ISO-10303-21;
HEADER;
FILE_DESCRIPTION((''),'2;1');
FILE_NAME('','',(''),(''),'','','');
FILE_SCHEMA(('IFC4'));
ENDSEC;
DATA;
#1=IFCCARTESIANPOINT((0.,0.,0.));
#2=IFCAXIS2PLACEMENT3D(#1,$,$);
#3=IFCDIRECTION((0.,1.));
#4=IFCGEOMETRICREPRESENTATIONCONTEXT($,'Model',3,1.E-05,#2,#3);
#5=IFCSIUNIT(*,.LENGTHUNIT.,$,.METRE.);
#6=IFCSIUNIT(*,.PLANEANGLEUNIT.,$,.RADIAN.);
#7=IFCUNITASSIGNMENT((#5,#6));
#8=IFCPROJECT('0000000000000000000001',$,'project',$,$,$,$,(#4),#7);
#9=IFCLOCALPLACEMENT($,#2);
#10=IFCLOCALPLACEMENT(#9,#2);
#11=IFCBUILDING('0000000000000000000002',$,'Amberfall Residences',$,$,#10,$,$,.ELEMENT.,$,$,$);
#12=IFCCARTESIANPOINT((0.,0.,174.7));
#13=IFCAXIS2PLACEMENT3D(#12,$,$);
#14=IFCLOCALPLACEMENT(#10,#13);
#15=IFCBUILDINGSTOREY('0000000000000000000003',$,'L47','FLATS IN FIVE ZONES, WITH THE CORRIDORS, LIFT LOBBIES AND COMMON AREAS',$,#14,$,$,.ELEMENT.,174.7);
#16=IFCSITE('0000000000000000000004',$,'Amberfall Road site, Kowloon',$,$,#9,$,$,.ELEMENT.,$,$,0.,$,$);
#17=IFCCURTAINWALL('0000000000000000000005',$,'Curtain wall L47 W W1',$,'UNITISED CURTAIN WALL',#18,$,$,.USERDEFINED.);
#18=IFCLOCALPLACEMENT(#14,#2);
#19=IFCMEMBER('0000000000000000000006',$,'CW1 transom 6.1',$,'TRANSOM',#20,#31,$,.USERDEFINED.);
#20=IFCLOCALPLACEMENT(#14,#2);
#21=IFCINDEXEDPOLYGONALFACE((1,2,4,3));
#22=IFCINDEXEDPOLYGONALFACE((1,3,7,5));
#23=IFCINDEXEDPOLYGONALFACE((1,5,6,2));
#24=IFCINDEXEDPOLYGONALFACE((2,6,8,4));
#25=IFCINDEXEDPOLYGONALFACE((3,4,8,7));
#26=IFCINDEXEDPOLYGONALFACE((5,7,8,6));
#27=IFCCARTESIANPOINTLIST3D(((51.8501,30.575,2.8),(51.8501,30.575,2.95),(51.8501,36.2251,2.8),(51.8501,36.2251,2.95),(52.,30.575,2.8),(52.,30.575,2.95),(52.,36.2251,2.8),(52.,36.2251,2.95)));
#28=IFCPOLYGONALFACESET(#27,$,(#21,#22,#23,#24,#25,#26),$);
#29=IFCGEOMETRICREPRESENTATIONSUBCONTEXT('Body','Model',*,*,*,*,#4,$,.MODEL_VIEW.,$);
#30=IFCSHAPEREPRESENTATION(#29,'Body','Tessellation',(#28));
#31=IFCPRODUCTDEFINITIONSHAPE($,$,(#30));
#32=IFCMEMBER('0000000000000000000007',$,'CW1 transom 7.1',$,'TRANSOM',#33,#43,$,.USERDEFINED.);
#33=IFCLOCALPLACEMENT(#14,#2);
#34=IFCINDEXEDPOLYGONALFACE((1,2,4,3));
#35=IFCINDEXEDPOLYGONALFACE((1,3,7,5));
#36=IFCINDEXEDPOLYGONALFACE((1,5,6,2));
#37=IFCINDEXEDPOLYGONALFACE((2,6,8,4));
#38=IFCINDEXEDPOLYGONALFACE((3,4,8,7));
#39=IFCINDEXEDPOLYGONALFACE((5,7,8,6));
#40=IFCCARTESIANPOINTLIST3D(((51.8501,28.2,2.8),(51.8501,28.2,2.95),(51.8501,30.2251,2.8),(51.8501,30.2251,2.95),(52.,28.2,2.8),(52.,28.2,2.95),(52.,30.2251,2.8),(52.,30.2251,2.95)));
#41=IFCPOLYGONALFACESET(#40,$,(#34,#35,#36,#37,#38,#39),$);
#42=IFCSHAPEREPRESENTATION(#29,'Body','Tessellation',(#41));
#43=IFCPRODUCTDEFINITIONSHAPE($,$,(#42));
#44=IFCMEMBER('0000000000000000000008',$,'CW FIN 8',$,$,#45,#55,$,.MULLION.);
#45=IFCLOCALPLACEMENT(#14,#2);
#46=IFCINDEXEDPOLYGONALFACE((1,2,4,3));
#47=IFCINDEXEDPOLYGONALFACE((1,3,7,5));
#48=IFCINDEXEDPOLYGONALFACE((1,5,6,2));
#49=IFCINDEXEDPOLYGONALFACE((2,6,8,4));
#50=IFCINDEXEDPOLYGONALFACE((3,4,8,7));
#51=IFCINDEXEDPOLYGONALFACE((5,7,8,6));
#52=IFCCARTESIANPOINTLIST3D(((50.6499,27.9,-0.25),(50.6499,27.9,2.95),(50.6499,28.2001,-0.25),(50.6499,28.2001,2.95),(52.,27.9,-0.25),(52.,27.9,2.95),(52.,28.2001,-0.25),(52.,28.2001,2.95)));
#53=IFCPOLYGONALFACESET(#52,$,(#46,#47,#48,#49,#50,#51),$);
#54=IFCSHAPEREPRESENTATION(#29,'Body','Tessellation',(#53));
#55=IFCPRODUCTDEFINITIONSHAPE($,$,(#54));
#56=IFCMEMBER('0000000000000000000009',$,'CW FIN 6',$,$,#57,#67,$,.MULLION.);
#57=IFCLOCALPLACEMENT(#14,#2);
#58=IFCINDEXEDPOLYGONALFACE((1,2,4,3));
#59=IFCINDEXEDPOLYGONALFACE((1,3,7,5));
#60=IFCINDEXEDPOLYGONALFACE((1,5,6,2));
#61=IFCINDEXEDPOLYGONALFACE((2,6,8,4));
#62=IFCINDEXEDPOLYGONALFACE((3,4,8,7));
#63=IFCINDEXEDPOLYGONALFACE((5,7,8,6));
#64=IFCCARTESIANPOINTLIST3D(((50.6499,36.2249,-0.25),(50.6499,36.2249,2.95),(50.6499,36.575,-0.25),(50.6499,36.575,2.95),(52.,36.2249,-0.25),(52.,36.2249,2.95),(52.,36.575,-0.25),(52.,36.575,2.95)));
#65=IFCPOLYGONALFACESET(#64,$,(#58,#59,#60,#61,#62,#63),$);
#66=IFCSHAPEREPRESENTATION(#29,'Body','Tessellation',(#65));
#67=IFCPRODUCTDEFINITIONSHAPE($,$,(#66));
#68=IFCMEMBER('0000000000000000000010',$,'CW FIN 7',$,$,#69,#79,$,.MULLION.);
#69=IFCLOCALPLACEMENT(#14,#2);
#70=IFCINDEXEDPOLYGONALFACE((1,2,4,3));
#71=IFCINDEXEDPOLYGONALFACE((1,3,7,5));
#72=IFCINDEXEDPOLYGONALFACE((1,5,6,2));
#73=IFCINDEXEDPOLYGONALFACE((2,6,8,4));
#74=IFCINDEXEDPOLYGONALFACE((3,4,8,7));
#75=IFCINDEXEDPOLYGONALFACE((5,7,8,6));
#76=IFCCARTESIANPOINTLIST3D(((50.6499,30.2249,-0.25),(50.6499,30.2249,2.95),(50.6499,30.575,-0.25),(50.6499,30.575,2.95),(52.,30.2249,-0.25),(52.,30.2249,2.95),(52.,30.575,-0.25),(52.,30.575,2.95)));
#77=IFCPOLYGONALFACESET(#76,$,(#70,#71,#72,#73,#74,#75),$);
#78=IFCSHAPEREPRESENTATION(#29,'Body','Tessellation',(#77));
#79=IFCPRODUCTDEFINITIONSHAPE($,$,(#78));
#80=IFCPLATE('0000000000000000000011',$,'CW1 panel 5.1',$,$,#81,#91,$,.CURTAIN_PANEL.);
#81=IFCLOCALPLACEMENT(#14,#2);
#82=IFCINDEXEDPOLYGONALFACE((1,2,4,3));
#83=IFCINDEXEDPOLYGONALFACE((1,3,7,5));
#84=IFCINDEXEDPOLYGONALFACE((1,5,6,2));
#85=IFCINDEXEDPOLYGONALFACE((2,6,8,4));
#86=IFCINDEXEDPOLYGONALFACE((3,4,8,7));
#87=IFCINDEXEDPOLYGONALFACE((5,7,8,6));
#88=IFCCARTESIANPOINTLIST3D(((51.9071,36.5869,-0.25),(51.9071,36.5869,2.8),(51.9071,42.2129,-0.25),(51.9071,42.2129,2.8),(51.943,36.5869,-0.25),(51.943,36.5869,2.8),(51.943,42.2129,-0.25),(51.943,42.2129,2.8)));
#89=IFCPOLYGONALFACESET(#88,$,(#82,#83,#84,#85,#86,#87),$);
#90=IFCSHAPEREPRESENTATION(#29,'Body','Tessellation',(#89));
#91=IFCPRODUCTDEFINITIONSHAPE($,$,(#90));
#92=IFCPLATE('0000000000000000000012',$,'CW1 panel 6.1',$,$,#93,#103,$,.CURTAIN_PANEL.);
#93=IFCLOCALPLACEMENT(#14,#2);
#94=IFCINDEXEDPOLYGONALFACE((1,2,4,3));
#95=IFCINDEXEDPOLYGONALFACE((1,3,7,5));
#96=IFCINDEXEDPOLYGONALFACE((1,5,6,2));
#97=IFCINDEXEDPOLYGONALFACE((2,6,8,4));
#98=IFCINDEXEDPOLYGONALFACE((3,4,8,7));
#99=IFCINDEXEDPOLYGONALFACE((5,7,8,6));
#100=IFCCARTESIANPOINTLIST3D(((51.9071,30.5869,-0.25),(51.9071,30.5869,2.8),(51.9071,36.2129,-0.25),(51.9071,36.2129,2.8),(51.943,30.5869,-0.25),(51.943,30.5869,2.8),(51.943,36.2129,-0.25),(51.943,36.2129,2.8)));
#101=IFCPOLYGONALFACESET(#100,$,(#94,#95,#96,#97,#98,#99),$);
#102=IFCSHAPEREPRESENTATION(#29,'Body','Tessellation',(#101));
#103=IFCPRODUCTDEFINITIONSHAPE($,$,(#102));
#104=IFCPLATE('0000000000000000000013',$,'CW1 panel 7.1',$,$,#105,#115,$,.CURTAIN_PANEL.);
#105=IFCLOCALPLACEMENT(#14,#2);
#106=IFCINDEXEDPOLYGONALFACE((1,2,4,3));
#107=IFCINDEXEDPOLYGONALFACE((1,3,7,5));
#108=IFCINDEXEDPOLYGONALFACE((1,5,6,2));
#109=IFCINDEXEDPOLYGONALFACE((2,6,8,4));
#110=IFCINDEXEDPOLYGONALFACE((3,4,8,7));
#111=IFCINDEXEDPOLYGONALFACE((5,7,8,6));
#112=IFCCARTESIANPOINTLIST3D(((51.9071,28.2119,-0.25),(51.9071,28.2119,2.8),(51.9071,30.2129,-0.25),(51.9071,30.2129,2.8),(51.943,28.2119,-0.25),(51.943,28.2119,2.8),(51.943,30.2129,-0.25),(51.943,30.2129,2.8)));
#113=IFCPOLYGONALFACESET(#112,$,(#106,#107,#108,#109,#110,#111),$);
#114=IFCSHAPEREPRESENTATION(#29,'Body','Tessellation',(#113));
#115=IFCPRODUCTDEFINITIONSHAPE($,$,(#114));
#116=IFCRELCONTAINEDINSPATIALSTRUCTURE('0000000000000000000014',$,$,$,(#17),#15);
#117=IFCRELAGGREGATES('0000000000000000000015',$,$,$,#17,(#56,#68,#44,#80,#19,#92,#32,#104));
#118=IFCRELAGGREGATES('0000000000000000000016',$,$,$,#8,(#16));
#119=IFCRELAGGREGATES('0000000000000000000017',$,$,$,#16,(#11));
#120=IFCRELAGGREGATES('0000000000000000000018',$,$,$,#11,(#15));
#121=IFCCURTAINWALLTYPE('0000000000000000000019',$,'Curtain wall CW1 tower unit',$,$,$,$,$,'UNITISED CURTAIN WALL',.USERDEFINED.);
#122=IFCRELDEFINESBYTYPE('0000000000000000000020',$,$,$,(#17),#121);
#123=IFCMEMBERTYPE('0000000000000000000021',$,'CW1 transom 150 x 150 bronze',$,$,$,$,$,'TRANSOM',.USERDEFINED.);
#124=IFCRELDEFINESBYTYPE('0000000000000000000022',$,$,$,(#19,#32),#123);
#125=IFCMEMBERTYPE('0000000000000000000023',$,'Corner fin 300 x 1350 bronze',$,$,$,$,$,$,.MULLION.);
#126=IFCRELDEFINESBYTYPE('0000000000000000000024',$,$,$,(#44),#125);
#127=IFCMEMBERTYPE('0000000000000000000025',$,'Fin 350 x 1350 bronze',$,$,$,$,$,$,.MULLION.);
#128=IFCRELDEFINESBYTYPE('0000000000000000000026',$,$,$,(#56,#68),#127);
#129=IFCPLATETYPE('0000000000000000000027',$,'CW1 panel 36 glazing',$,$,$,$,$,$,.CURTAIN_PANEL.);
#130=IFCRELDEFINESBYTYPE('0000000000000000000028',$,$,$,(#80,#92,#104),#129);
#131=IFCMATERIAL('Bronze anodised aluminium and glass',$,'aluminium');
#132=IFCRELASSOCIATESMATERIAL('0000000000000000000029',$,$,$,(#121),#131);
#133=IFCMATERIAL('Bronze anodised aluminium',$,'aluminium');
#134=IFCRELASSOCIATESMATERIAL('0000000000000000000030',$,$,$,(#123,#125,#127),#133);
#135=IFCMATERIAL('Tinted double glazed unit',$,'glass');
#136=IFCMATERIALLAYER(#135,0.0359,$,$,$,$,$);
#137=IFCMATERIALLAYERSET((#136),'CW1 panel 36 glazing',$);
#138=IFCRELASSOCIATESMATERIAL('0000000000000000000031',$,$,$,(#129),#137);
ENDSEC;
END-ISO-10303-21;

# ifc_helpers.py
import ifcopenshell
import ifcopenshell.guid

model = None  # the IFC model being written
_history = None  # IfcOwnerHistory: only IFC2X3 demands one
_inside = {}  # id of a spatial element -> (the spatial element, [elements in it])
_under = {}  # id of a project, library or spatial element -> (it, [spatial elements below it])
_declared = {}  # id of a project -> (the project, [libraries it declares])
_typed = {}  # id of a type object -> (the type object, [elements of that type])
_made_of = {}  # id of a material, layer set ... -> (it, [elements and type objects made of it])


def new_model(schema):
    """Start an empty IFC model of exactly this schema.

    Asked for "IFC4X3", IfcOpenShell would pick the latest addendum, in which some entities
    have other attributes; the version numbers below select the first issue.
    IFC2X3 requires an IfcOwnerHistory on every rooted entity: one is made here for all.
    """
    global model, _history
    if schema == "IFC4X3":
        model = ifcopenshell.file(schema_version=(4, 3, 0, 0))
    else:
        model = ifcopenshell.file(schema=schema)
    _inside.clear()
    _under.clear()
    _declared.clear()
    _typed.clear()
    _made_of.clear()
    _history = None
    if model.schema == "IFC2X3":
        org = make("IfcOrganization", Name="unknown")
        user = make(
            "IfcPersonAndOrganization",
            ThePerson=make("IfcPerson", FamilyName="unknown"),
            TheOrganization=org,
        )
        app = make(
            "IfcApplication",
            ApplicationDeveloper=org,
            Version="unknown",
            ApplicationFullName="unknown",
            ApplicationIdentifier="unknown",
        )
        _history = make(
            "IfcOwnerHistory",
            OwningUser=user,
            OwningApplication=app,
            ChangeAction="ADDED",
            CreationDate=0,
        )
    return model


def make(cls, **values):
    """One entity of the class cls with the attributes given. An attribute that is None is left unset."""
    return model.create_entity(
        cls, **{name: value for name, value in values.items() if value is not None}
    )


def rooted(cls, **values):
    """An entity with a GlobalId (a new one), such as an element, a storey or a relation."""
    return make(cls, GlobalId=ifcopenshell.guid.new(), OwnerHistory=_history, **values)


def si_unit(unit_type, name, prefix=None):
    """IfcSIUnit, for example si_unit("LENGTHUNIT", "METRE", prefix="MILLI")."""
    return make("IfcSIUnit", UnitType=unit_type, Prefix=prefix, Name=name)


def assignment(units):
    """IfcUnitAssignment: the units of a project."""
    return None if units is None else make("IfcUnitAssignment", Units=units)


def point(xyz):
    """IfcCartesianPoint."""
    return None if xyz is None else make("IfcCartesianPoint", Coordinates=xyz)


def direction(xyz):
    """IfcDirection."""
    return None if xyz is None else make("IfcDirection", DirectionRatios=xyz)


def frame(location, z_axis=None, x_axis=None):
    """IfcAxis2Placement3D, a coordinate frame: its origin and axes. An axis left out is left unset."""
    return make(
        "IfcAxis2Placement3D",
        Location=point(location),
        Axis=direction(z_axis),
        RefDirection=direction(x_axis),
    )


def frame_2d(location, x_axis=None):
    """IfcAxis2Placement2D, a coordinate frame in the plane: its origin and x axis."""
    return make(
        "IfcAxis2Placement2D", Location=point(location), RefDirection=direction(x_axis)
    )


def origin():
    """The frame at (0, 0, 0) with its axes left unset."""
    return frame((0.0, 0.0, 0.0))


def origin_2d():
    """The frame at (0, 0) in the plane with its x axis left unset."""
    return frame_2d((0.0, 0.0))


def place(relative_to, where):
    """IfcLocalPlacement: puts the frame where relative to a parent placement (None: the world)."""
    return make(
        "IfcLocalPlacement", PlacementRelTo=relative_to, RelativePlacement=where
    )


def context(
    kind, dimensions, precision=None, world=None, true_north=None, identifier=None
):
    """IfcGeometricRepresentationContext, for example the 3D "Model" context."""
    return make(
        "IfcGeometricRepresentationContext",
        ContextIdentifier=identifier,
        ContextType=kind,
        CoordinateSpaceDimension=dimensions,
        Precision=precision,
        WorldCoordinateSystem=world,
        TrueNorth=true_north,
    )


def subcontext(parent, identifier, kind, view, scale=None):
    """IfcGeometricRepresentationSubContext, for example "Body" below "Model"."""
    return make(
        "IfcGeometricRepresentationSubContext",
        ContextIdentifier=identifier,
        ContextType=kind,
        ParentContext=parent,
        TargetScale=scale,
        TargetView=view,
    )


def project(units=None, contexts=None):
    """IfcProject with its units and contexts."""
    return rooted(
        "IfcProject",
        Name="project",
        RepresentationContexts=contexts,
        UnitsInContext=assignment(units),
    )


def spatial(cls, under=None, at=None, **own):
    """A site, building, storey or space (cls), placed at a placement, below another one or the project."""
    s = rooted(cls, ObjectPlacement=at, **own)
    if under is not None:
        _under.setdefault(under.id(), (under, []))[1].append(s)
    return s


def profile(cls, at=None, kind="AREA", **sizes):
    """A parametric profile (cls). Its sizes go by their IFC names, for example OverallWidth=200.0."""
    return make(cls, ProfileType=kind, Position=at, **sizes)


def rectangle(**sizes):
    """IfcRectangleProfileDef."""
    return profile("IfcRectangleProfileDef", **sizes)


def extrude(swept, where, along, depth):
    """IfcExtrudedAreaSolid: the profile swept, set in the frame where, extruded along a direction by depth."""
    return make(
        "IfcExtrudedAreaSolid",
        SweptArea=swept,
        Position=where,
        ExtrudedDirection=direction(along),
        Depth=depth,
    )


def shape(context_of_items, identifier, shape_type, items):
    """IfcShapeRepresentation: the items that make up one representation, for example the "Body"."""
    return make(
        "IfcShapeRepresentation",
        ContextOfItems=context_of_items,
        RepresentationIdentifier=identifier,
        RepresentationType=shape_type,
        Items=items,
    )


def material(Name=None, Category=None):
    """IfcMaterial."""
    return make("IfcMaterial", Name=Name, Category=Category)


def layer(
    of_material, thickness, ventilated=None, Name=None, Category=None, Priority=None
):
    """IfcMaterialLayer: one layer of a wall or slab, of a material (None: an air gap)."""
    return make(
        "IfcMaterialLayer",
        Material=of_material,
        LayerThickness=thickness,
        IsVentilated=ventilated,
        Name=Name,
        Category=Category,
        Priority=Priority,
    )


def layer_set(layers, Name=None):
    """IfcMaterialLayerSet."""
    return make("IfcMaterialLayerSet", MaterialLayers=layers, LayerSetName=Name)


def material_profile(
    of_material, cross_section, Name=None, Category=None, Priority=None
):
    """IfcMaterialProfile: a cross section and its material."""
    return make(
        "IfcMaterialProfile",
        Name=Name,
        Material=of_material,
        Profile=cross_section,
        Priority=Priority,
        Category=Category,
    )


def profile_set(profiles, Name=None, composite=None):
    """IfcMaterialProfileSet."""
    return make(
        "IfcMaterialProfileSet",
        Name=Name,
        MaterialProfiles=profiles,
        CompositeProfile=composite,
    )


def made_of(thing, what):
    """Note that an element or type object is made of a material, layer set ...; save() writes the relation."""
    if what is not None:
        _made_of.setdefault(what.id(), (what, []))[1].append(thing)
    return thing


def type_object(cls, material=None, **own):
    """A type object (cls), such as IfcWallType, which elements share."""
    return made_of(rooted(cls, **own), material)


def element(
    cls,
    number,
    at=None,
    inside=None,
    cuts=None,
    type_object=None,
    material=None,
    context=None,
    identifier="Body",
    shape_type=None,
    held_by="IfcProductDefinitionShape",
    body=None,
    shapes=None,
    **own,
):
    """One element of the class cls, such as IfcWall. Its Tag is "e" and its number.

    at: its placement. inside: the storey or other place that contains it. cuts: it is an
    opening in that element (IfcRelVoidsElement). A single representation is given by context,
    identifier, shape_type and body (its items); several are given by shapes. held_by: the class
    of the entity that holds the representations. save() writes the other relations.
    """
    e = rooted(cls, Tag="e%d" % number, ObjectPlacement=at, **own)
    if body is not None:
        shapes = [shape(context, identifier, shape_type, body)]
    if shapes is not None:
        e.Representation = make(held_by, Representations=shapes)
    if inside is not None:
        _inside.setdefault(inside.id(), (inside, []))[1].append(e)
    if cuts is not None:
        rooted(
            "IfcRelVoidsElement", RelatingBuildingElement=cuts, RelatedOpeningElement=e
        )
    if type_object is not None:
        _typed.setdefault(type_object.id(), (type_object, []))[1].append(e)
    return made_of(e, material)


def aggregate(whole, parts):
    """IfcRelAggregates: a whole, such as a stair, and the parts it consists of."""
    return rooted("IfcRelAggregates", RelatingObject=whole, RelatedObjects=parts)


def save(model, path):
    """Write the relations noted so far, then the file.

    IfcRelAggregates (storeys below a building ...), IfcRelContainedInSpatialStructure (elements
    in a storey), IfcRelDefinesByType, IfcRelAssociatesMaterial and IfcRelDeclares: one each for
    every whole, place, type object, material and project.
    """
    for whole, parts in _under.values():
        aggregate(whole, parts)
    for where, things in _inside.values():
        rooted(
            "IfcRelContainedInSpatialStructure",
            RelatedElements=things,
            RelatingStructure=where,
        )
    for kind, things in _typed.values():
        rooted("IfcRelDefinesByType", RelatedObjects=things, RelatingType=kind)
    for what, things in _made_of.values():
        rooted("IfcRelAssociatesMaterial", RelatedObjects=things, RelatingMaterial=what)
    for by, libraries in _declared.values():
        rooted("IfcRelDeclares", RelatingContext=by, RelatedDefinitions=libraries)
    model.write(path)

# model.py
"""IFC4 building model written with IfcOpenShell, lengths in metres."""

from ifc_helpers import new_model, si_unit, direction, frame, origin, origin_2d, place, context, subcontext, project, spatial, rectangle, extrude, material, layer, layer_set, material_profile, profile_set, type_object, element, aggregate, save


model = new_model("IFC4")

# Units and contexts
model_context = context("Model", 3, precision=1e-05, world=origin(), true_north=direction((0.0, 1.0)))
body_context = subcontext(model_context, "Body", "Model", "MODEL_VIEW")
ifc_project = project(units=[si_unit("LENGTHUNIT", "METRE"), si_unit("PLANEANGLEUNIT", "RADIAN")], contexts=[model_context])

# Site, building, storey
site_placement = place(None, origin())
site = spatial("IfcSite", under=ifc_project, at=site_placement, Name="Amberfall Road site, Kowloon", CompositionType="ELEMENT", RefElevation=0.0)
building_placement = place(site_placement, origin())
building = spatial("IfcBuilding", under=site, at=building_placement, Name="Amberfall Residences", CompositionType="ELEMENT")
storey_placement = place(building_placement, frame((0.0, 0.0, 174.7)))
storey = spatial("IfcBuildingStorey", under=building, at=storey_placement, Name="L47", Description="FLATS IN FIVE ZONES, WITH THE CORRIDORS, LIFT LOBBIES AND COMMON AREAS", CompositionType="ELEMENT", Elevation=174.7)

# Curtain wall, members, plates
ifc_material_1 = material(Name="Bronze anodised aluminium and glass", Category="aluminium")
curtain_wall_type = type_object("IfcCurtainWallType", Name="Curtain wall CW1 tower unit", ElementType="UNITISED CURTAIN WALL", PredefinedType="USERDEFINED", material=ifc_material_1)
curtain_wall_placement = place(storey_placement, origin())
curtain_wall = element("IfcCurtainWall", 1, at=curtain_wall_placement, inside=storey, type_object=curtain_wall_type, Name="Curtain wall L47 W W1", ObjectType="UNITISED CURTAIN WALL", PredefinedType="USERDEFINED")
ifc_material_2 = material(Name="Bronze anodised aluminium", Category="aluminium")
ifc_material_profile_1 = material_profile(ifc_material_2, rectangle(XDim=0.1499, YDim=0.1499, at=origin_2d()), Name="CW1 transom 150 x 150 bronze")
ifc_profile_set_1 = profile_set([ifc_material_profile_1], Name="Bronze anodised aluminium")
member_type_1 = type_object("IfcMemberType", Name="CW1 transom 150 x 150 bronze", ElementType="TRANSOM", PredefinedType="USERDEFINED", material=ifc_profile_set_1)
member_1_placement = place(storey_placement, frame((51.925, 36.2251, 2.875), z_axis=(0.0, -1.0, 0.0), x_axis=(1.0, 0.0, 0.0)))
member_1 = element("IfcMember", 2, at=member_1_placement, type_object=member_type_1, Name="CW1 transom 6.1", ObjectType="TRANSOM", PredefinedType="USERDEFINED", context=body_context, shape_type="SweptSolid", body=[
    extrude(rectangle(XDim=0.1499, YDim=0.1499, at=origin_2d()), origin(), (0.0, 0.0, 1.0), 5.6501),
])
member_2_placement = place(storey_placement, frame((51.925, 30.2251, 2.875), z_axis=(0.0, -1.0, 0.0), x_axis=(1.0, 0.0, 0.0)))
member_2 = element("IfcMember", 3, at=member_2_placement, type_object=member_type_1, Name="CW1 transom 7.1", ObjectType="TRANSOM", PredefinedType="USERDEFINED", context=body_context, shape_type="SweptSolid", body=[
    extrude(rectangle(XDim=0.1499, YDim=0.1499, at=origin_2d()), origin(), (0.0, 0.0, 1.0), 2.0251),
])
ifc_material_profile_2 = material_profile(ifc_material_2, rectangle(XDim=1.3501, YDim=0.3, at=origin_2d()), Name="Corner fin 300 x 1350 bronze")
ifc_profile_set_2 = profile_set([ifc_material_profile_2], Name="Bronze anodised aluminium")
member_type_2 = type_object("IfcMemberType", Name="Corner fin 300 x 1350 bronze", PredefinedType="MULLION", material=ifc_profile_set_2)
member_3_placement = place(storey_placement, frame((51.325, 28.05, -0.25), z_axis=(0.0, 0.0, 1.0), x_axis=(1.0, 0.0, 0.0)))
member_3 = element("IfcMember", 4, at=member_3_placement, type_object=member_type_2, Name="CW FIN 8", PredefinedType="MULLION", context=body_context, shape_type="SweptSolid", body=[
    extrude(rectangle(XDim=1.3501, YDim=0.3, at=origin_2d()), origin(), (0.0, 0.0, 1.0), 3.2),
])
ifc_material_profile_3 = material_profile(ifc_material_2, rectangle(XDim=1.3501, YDim=0.3501, at=origin_2d()), Name="Fin 350 x 1350 bronze")
ifc_profile_set_3 = profile_set([ifc_material_profile_3], Name="Bronze anodised aluminium")
member_type_3 = type_object("IfcMemberType", Name="Fin 350 x 1350 bronze", PredefinedType="MULLION", material=ifc_profile_set_3)
member_4_placement = place(storey_placement, frame((51.325, 36.3999, -0.25), z_axis=(0.0, 0.0, 1.0), x_axis=(1.0, 0.0, 0.0)))
member_4 = element("IfcMember", 5, at=member_4_placement, type_object=member_type_3, Name="CW FIN 6", PredefinedType="MULLION", context=body_context, shape_type="SweptSolid", body=[
    extrude(rectangle(XDim=1.3501, YDim=0.3501, at=origin_2d()), origin(), (0.0, 0.0, 1.0), 3.2),
])
member_5_placement = place(storey_placement, frame((51.325, 30.3999, -0.25), z_axis=(0.0, 0.0, 1.0), x_axis=(1.0, 0.0, 0.0)))
member_5 = element("IfcMember", 6, at=member_5_placement, type_object=member_type_3, Name="CW FIN 7", PredefinedType="MULLION", context=body_context, shape_type="SweptSolid", body=[
    extrude(rectangle(XDim=1.3501, YDim=0.3501, at=origin_2d()), origin(), (0.0, 0.0, 1.0), 3.2),
])
ifc_material_3 = material(Name="Tinted double glazed unit", Category="glass")
ifc_layer_1 = layer(ifc_material_3, 0.0359)
ifc_layer_set_1 = layer_set([ifc_layer_1], Name="CW1 panel 36 glazing")
plate_type = type_object("IfcPlateType", Name="CW1 panel 36 glazing", PredefinedType="CURTAIN_PANEL", material=ifc_layer_set_1)
plate_1_placement = place(storey_placement, frame((51.925, 39.3999, -0.25), z_axis=(0.0, 0.0, 1.0), x_axis=(0.0, -1.0, 0.0)))
plate_1 = element("IfcPlate", 7, at=plate_1_placement, type_object=plate_type, Name="CW1 panel 5.1", PredefinedType="CURTAIN_PANEL", context=body_context, shape_type="SweptSolid", body=[
    extrude(rectangle(XDim=5.626, YDim=0.0359, at=origin_2d()), origin(), (0.0, 0.0, 1.0), 3.05),
])
plate_2_placement = place(storey_placement, frame((51.925, 33.3999, -0.25), z_axis=(0.0, 0.0, 1.0), x_axis=(0.0, -1.0, 0.0)))
plate_2 = element("IfcPlate", 8, at=plate_2_placement, type_object=plate_type, Name="CW1 panel 6.1", PredefinedType="CURTAIN_PANEL", context=body_context, shape_type="SweptSolid", body=[
    extrude(rectangle(XDim=5.626, YDim=0.0359, at=origin_2d()), origin(), (0.0, 0.0, 1.0), 3.05),
])
plate_3_placement = place(storey_placement, frame((51.925, 29.2124, -0.25), z_axis=(0.0, 0.0, 1.0), x_axis=(0.0, -1.0, 0.0)))
plate_3 = element("IfcPlate", 9, at=plate_3_placement, type_object=plate_type, Name="CW1 panel 7.1", PredefinedType="CURTAIN_PANEL", context=body_context, shape_type="SweptSolid", body=[
    extrude(rectangle(XDim=2.001, YDim=0.0359, at=origin_2d()), origin(), (0.0, 0.0, 1.0), 3.05),
])
aggregate(curtain_wall, [member_4, member_5, member_3, plate_1, member_1, plate_2, member_2, plate_3])

save(model, "model.ifc")
